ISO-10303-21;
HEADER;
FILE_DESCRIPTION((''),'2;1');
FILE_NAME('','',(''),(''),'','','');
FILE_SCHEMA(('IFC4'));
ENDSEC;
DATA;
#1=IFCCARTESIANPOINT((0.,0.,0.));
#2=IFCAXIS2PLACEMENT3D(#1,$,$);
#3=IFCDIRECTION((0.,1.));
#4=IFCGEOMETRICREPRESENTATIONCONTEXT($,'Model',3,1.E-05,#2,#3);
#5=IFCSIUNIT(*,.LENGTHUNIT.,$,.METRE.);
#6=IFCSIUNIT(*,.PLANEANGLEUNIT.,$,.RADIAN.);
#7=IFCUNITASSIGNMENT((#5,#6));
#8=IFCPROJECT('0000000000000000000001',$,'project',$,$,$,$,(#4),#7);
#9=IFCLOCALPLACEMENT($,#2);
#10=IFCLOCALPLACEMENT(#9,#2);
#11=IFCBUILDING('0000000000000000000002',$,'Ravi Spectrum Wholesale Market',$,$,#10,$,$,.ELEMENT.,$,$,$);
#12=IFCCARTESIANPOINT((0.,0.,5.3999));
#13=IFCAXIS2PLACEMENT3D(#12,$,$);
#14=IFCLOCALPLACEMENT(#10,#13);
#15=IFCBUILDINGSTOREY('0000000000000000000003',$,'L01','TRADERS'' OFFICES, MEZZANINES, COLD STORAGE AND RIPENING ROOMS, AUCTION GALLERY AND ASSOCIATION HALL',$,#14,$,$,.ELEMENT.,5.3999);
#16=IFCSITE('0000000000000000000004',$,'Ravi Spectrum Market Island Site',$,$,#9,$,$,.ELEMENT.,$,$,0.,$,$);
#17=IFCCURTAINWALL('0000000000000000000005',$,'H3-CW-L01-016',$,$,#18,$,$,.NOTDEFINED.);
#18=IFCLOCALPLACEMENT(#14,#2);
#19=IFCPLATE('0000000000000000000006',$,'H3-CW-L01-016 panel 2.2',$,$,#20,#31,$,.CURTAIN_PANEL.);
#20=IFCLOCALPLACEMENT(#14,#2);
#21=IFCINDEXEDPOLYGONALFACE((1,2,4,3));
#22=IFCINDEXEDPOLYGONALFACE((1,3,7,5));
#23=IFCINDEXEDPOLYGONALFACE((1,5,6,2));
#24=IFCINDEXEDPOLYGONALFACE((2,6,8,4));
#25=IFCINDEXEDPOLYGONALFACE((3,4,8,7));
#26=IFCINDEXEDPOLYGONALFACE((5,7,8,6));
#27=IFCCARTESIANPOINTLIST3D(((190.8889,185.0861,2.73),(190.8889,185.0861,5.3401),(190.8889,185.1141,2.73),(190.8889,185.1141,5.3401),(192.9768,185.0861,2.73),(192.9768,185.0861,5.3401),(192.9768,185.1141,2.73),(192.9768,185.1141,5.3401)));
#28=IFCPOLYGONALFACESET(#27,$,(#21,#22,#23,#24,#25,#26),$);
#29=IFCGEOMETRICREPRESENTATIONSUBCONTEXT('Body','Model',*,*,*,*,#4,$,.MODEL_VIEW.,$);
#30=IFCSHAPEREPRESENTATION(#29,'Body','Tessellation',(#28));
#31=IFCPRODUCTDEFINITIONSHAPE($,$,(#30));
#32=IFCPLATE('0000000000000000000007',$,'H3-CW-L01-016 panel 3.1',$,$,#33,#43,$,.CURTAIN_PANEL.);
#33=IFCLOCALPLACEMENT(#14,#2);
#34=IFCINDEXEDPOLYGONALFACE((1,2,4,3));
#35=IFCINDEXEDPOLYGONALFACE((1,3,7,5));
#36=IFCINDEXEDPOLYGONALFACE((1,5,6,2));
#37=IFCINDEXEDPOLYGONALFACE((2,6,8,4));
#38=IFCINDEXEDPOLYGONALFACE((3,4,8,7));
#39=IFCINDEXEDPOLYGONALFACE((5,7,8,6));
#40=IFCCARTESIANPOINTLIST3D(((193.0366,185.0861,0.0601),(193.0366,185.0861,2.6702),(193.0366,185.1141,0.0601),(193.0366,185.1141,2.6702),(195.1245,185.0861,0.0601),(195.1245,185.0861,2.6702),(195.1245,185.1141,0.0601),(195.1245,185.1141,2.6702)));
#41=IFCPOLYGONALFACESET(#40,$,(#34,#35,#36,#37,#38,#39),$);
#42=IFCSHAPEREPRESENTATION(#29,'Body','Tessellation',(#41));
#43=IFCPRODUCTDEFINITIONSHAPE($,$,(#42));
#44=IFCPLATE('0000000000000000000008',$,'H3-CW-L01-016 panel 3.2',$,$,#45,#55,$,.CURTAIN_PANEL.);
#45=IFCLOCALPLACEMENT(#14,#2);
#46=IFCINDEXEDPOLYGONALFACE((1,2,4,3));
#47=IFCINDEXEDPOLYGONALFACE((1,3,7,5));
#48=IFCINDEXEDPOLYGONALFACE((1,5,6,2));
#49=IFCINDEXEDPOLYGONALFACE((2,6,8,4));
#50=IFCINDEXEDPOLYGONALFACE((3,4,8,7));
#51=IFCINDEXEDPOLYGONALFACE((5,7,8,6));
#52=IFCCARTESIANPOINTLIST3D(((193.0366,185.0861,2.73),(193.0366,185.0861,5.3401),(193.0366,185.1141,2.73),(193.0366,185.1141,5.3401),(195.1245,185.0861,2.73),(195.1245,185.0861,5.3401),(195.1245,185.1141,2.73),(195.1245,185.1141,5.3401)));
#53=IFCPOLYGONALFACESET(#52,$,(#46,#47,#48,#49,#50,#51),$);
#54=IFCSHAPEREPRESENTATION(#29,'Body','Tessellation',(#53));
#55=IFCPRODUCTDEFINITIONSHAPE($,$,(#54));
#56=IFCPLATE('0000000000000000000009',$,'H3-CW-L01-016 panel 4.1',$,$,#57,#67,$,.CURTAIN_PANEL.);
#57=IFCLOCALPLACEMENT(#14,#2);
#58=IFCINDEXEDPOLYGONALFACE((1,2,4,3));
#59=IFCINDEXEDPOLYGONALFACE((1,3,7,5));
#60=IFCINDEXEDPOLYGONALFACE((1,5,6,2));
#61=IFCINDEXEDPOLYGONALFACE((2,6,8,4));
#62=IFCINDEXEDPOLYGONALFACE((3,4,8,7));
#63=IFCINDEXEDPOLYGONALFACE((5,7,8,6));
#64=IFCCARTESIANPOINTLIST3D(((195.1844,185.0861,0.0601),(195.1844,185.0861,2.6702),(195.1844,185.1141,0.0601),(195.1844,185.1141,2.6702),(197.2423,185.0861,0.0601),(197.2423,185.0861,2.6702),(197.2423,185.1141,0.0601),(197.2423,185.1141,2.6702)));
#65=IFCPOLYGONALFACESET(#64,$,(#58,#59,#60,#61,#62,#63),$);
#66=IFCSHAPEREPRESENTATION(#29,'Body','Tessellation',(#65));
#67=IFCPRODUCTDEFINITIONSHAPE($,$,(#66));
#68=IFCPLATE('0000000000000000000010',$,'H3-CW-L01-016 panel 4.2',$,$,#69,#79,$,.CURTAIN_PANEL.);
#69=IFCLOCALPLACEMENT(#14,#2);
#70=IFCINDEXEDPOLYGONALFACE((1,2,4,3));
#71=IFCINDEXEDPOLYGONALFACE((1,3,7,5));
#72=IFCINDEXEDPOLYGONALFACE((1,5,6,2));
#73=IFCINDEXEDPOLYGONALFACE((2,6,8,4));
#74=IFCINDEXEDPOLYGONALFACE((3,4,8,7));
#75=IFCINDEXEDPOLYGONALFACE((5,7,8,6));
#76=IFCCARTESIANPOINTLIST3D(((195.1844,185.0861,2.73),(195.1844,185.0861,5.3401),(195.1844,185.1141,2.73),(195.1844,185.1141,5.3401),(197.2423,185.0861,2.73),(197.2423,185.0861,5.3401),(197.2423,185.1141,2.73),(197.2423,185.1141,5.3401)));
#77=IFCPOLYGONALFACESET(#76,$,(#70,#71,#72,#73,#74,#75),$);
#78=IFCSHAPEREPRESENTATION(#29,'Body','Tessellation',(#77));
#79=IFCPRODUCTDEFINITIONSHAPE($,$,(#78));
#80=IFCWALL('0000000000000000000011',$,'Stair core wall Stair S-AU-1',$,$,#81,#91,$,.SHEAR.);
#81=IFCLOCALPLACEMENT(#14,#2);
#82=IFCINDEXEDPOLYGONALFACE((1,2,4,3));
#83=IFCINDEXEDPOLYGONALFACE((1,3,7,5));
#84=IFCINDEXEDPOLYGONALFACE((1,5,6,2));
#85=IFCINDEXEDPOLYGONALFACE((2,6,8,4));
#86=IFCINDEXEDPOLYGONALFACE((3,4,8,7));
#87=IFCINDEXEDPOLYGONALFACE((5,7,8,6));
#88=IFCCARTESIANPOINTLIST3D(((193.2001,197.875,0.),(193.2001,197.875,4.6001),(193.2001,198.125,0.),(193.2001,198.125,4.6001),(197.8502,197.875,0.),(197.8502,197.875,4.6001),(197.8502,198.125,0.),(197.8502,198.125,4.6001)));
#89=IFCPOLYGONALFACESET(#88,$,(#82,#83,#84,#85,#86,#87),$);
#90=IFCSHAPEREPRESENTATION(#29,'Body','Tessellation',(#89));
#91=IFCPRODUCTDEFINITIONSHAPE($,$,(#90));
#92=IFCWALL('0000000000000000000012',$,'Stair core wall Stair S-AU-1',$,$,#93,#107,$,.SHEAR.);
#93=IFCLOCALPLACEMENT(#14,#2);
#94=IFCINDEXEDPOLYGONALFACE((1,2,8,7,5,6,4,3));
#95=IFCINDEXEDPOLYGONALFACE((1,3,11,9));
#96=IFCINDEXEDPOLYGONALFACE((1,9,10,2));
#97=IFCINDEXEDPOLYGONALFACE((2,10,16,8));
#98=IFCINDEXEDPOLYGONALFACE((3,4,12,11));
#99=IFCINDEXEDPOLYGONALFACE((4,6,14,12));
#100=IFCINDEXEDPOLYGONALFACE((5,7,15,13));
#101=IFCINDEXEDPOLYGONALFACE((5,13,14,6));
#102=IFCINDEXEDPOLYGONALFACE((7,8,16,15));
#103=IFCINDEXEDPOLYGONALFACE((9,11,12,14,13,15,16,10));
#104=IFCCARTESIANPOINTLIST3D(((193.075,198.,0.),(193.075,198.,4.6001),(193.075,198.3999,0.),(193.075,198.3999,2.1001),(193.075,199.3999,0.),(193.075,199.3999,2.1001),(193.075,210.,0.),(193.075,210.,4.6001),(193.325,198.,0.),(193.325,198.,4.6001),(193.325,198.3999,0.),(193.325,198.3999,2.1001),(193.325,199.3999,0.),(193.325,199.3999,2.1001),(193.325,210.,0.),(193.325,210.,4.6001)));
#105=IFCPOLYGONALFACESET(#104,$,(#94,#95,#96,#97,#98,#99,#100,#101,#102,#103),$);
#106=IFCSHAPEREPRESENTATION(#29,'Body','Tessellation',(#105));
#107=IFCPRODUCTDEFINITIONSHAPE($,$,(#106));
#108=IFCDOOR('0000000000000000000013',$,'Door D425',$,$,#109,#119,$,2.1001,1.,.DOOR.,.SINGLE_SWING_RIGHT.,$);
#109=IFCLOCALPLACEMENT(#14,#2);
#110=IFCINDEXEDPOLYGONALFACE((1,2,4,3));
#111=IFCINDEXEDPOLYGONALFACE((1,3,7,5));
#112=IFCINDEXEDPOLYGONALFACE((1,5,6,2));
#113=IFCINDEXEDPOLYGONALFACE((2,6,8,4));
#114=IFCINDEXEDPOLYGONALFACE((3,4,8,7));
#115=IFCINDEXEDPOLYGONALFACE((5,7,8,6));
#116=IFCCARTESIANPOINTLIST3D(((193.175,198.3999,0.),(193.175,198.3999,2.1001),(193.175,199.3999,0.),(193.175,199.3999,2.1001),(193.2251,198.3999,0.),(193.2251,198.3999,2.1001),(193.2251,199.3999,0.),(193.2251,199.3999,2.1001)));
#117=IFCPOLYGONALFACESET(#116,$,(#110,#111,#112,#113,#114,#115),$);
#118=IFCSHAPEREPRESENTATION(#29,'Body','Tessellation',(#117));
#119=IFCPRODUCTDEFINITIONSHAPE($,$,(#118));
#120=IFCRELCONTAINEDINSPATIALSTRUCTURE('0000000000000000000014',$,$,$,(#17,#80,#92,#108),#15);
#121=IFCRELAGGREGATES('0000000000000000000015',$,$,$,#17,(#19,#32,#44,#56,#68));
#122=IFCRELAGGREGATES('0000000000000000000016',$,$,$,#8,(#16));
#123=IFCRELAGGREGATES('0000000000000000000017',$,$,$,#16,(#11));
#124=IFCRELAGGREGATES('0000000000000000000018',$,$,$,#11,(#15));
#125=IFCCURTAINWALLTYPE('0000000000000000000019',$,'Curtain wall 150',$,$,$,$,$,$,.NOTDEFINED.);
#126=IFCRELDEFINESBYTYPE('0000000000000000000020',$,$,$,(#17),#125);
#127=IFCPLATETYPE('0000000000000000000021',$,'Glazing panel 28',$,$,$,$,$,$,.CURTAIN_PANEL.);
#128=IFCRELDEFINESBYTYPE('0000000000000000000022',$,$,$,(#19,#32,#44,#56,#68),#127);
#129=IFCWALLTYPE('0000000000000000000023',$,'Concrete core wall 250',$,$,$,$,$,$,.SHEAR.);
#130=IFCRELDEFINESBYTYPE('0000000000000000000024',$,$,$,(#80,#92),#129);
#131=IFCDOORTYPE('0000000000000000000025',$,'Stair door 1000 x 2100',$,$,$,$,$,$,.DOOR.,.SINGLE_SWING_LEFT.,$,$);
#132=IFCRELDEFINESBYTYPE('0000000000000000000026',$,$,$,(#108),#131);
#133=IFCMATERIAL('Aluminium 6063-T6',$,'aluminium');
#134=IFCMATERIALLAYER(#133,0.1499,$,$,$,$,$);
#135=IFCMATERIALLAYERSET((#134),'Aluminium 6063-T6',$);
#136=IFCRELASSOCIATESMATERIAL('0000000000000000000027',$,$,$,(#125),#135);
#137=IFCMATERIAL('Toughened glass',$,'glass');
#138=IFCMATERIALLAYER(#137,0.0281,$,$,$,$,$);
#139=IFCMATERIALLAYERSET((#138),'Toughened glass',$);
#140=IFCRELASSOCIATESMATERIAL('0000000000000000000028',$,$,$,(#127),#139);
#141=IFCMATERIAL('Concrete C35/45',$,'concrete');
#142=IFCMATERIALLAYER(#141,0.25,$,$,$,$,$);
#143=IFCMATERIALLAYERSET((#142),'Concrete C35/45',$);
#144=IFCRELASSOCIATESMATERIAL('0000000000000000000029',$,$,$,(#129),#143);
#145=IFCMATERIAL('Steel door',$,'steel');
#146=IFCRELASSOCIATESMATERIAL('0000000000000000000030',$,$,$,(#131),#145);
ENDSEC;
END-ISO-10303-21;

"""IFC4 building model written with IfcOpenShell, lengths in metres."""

from ifc_helpers import new_model, si_unit, direction, frame, frame_2d, origin, origin_2d, place, context, subcontext, project, spatial, rectangle, extrude, material, layer, layer_set, type_object, element, fill, aggregate, save


model = new_model("IFC4")

# Units and contexts
model_context = context("Model", 3, precision=1e-05, world=origin(), true_north=direction((0.0, 1.0)))
body_context = subcontext(model_context, "Body", "Model", "MODEL_VIEW")
ifc_project = project(units=[si_unit("LENGTHUNIT", "METRE"), si_unit("PLANEANGLEUNIT", "RADIAN")], contexts=[model_context])

# Site, building, storey
site_placement = place(None, origin())
site = spatial("IfcSite", under=ifc_project, at=site_placement, Name="Ravi Spectrum Market Island Site", CompositionType="ELEMENT", RefElevation=0.0)
building_placement = place(site_placement, origin())
building = spatial("IfcBuilding", under=site, at=building_placement, Name="Ravi Spectrum Wholesale Market", CompositionType="ELEMENT")
storey_placement = place(building_placement, frame((0.0, 0.0, 5.3999)))
storey = spatial("IfcBuildingStorey", under=building, at=storey_placement, Name="L01", Description="TRADERS' OFFICES, MEZZANINES, COLD STORAGE AND RIPENING ROOMS, AUCTION GALLERY AND ASSOCIATION HALL", CompositionType="ELEMENT", Elevation=5.3999)

# Curtain wall, plates
ifc_material_1 = material(Name="Aluminium 6063-T6", Category="aluminium")
ifc_layer_1 = layer(ifc_material_1, 0.1499)
ifc_layer_set_1 = layer_set([ifc_layer_1], Name="Aluminium 6063-T6")
curtain_wall_type = type_object("IfcCurtainWallType", Name="Curtain wall 150", PredefinedType="NOTDEFINED", material=ifc_layer_set_1)
curtain_wall_placement = place(storey_placement, origin())
curtain_wall = element("IfcCurtainWall", 1, at=curtain_wall_placement, inside=storey, type_object=curtain_wall_type, Name="H3-CW-L01-016", PredefinedType="NOTDEFINED")
ifc_material_2 = material(Name="Toughened glass", Category="glass")
ifc_layer_2 = layer(ifc_material_2, 0.0281)
ifc_layer_set_2 = layer_set([ifc_layer_2], Name="Toughened glass")
plate_type = type_object("IfcPlateType", Name="Glazing panel 28", PredefinedType="CURTAIN_PANEL", material=ifc_layer_set_2)
plate_1_placement = place(storey_placement, frame((191.9329, 185.1001, 2.73), z_axis=(0.0, 0.0, 1.0), x_axis=(1.0, 0.0, 0.0)))
plate_1 = element("IfcPlate", 2, at=plate_1_placement, type_object=plate_type, Name="H3-CW-L01-016 panel 2.2", PredefinedType="CURTAIN_PANEL", context=body_context, shape_type="SweptSolid", body=[
    extrude(rectangle(XDim=2.0879, YDim=0.0281, at=origin_2d()), origin(), (0.0, 0.0, 1.0), 2.6101),
])
plate_2_placement = place(storey_placement, frame((194.0806, 185.1001, 0.0601), z_axis=(0.0, 0.0, 1.0), x_axis=(1.0, 0.0, 0.0)))
plate_2 = element("IfcPlate", 3, at=plate_2_placement, type_object=plate_type, Name="H3-CW-L01-016 panel 3.1", PredefinedType="CURTAIN_PANEL", context=body_context, shape_type="SweptSolid", body=[
    extrude(rectangle(XDim=2.0879, YDim=0.0281, at=origin_2d()), origin(), (0.0, 0.0, 1.0), 2.6101),
])
plate_3_placement = place(storey_placement, frame((194.0806, 185.1001, 2.73), z_axis=(0.0, 0.0, 1.0), x_axis=(1.0, 0.0, 0.0)))
plate_3 = element("IfcPlate", 4, at=plate_3_placement, type_object=plate_type, Name="H3-CW-L01-016 panel 3.2", PredefinedType="CURTAIN_PANEL", context=body_context, shape_type="SweptSolid", body=[
    extrude(rectangle(XDim=2.0879, YDim=0.0281, at=origin_2d()), origin(), (0.0, 0.0, 1.0), 2.6101),
])
plate_4_placement = place(storey_placement, frame((196.2134, 185.1001, 0.0601), z_axis=(0.0, 0.0, 1.0), x_axis=(1.0, 0.0, 0.0)))
plate_4 = element("IfcPlate", 5, at=plate_4_placement, type_object=plate_type, Name="H3-CW-L01-016 panel 4.1", PredefinedType="CURTAIN_PANEL", context=body_context, shape_type="SweptSolid", body=[
    extrude(rectangle(XDim=2.0579, YDim=0.0281, at=origin_2d()), origin(), (0.0, 0.0, 1.0), 2.6101),
])
plate_5_placement = place(storey_placement, frame((196.2134, 185.1001, 2.73), z_axis=(0.0, 0.0, 1.0), x_axis=(1.0, 0.0, 0.0)))
plate_5 = element("IfcPlate", 6, at=plate_5_placement, type_object=plate_type, Name="H3-CW-L01-016 panel 4.2", PredefinedType="CURTAIN_PANEL", context=body_context, shape_type="SweptSolid", body=[
    extrude(rectangle(XDim=2.0579, YDim=0.0281, at=origin_2d()), origin(), (0.0, 0.0, 1.0), 2.6101),
])
aggregate(curtain_wall, [plate_1, plate_2, plate_3, plate_4, plate_5])

# Wall
ifc_material_3 = material(Name="Concrete C35/45", Category="concrete")
ifc_layer_3 = layer(ifc_material_3, 0.25)
ifc_layer_set_3 = layer_set([ifc_layer_3], Name="Concrete C35/45")
wall_type = type_object("IfcWallType", Name="Concrete core wall 250", PredefinedType="SHEAR", material=ifc_layer_set_3)
wall_1_placement = place(storey_placement, frame((193.2, 198.0, 0.0), z_axis=(0.0, 0.0, 1.0), x_axis=(1.0, 0.0, 0.0)))
element("IfcWall", 7, at=wall_1_placement, inside=storey, type_object=wall_type, Name="Stair core wall Stair S-AU-1", PredefinedType="SHEAR", context=body_context, shape_type="SweptSolid", body=[
    extrude(rectangle(XDim=4.6501, YDim=0.25, at=frame_2d((2.3252, 0.0))), origin(), (0.0, 0.0, 1.0), 4.6001),
])

# Wall, opening, door
wall_2_placement = place(storey_placement, frame((193.2, 198.0, 0.0), z_axis=(0.0, 0.0, 1.0), x_axis=(0.0, 1.0, 0.0)))
wall_2 = element("IfcWall", 8, at=wall_2_placement, inside=storey, type_object=wall_type, Name="Stair core wall Stair S-AU-1", PredefinedType="SHEAR", context=body_context, shape_type="SweptSolid", body=[
    extrude(rectangle(XDim=12.0, YDim=0.25, at=frame_2d((6.0, 0.0))), origin(), (0.0, 0.0, 1.0), 4.6001),
])
opening_placement = place(wall_2_placement, frame((0.3999, 0.0, 0.0)))
opening = element("IfcOpeningElement", 9, at=opening_placement, cuts=wall_2, PredefinedType="OPENING", context=body_context, shape_type="SweptSolid", body=[
    extrude(rectangle(XDim=1.0, YDim=2.1001, at=frame_2d((0.5, 1.05))), frame((0.0, 0.135, 0.0), z_axis=(0.0, -1.0, 0.0), x_axis=(1.0, 0.0, 0.0)), (0.0, 0.0, 1.0), 0.27),
])
ifc_material_4 = material(Name="Steel door", Category="steel")
door_type = type_object("IfcDoorType", Name="Stair door 1000 x 2100", OperationType="SINGLE_SWING_LEFT", PredefinedType="DOOR", material=ifc_material_4)
door_placement = place(opening_placement, origin())
door = element("IfcDoor", 10, at=door_placement, inside=storey, type_object=door_type, Name="Door D425", OperationType="SINGLE_SWING_RIGHT", OverallHeight=2.1001, OverallWidth=1.0, PredefinedType="DOOR", context=body_context, shape_type="SweptSolid", body=[
    extrude(rectangle(XDim=1.0, YDim=2.1001, at=frame_2d((0.5, 1.05))), frame((0.0, 0.0249, 0.0), z_axis=(0.0, -1.0, 0.0), x_axis=(1.0, 0.0, 0.0)), (0.0, 0.0, 1.0), 0.05),
])
fill(opening, door)

save(model, "model.ifc")
